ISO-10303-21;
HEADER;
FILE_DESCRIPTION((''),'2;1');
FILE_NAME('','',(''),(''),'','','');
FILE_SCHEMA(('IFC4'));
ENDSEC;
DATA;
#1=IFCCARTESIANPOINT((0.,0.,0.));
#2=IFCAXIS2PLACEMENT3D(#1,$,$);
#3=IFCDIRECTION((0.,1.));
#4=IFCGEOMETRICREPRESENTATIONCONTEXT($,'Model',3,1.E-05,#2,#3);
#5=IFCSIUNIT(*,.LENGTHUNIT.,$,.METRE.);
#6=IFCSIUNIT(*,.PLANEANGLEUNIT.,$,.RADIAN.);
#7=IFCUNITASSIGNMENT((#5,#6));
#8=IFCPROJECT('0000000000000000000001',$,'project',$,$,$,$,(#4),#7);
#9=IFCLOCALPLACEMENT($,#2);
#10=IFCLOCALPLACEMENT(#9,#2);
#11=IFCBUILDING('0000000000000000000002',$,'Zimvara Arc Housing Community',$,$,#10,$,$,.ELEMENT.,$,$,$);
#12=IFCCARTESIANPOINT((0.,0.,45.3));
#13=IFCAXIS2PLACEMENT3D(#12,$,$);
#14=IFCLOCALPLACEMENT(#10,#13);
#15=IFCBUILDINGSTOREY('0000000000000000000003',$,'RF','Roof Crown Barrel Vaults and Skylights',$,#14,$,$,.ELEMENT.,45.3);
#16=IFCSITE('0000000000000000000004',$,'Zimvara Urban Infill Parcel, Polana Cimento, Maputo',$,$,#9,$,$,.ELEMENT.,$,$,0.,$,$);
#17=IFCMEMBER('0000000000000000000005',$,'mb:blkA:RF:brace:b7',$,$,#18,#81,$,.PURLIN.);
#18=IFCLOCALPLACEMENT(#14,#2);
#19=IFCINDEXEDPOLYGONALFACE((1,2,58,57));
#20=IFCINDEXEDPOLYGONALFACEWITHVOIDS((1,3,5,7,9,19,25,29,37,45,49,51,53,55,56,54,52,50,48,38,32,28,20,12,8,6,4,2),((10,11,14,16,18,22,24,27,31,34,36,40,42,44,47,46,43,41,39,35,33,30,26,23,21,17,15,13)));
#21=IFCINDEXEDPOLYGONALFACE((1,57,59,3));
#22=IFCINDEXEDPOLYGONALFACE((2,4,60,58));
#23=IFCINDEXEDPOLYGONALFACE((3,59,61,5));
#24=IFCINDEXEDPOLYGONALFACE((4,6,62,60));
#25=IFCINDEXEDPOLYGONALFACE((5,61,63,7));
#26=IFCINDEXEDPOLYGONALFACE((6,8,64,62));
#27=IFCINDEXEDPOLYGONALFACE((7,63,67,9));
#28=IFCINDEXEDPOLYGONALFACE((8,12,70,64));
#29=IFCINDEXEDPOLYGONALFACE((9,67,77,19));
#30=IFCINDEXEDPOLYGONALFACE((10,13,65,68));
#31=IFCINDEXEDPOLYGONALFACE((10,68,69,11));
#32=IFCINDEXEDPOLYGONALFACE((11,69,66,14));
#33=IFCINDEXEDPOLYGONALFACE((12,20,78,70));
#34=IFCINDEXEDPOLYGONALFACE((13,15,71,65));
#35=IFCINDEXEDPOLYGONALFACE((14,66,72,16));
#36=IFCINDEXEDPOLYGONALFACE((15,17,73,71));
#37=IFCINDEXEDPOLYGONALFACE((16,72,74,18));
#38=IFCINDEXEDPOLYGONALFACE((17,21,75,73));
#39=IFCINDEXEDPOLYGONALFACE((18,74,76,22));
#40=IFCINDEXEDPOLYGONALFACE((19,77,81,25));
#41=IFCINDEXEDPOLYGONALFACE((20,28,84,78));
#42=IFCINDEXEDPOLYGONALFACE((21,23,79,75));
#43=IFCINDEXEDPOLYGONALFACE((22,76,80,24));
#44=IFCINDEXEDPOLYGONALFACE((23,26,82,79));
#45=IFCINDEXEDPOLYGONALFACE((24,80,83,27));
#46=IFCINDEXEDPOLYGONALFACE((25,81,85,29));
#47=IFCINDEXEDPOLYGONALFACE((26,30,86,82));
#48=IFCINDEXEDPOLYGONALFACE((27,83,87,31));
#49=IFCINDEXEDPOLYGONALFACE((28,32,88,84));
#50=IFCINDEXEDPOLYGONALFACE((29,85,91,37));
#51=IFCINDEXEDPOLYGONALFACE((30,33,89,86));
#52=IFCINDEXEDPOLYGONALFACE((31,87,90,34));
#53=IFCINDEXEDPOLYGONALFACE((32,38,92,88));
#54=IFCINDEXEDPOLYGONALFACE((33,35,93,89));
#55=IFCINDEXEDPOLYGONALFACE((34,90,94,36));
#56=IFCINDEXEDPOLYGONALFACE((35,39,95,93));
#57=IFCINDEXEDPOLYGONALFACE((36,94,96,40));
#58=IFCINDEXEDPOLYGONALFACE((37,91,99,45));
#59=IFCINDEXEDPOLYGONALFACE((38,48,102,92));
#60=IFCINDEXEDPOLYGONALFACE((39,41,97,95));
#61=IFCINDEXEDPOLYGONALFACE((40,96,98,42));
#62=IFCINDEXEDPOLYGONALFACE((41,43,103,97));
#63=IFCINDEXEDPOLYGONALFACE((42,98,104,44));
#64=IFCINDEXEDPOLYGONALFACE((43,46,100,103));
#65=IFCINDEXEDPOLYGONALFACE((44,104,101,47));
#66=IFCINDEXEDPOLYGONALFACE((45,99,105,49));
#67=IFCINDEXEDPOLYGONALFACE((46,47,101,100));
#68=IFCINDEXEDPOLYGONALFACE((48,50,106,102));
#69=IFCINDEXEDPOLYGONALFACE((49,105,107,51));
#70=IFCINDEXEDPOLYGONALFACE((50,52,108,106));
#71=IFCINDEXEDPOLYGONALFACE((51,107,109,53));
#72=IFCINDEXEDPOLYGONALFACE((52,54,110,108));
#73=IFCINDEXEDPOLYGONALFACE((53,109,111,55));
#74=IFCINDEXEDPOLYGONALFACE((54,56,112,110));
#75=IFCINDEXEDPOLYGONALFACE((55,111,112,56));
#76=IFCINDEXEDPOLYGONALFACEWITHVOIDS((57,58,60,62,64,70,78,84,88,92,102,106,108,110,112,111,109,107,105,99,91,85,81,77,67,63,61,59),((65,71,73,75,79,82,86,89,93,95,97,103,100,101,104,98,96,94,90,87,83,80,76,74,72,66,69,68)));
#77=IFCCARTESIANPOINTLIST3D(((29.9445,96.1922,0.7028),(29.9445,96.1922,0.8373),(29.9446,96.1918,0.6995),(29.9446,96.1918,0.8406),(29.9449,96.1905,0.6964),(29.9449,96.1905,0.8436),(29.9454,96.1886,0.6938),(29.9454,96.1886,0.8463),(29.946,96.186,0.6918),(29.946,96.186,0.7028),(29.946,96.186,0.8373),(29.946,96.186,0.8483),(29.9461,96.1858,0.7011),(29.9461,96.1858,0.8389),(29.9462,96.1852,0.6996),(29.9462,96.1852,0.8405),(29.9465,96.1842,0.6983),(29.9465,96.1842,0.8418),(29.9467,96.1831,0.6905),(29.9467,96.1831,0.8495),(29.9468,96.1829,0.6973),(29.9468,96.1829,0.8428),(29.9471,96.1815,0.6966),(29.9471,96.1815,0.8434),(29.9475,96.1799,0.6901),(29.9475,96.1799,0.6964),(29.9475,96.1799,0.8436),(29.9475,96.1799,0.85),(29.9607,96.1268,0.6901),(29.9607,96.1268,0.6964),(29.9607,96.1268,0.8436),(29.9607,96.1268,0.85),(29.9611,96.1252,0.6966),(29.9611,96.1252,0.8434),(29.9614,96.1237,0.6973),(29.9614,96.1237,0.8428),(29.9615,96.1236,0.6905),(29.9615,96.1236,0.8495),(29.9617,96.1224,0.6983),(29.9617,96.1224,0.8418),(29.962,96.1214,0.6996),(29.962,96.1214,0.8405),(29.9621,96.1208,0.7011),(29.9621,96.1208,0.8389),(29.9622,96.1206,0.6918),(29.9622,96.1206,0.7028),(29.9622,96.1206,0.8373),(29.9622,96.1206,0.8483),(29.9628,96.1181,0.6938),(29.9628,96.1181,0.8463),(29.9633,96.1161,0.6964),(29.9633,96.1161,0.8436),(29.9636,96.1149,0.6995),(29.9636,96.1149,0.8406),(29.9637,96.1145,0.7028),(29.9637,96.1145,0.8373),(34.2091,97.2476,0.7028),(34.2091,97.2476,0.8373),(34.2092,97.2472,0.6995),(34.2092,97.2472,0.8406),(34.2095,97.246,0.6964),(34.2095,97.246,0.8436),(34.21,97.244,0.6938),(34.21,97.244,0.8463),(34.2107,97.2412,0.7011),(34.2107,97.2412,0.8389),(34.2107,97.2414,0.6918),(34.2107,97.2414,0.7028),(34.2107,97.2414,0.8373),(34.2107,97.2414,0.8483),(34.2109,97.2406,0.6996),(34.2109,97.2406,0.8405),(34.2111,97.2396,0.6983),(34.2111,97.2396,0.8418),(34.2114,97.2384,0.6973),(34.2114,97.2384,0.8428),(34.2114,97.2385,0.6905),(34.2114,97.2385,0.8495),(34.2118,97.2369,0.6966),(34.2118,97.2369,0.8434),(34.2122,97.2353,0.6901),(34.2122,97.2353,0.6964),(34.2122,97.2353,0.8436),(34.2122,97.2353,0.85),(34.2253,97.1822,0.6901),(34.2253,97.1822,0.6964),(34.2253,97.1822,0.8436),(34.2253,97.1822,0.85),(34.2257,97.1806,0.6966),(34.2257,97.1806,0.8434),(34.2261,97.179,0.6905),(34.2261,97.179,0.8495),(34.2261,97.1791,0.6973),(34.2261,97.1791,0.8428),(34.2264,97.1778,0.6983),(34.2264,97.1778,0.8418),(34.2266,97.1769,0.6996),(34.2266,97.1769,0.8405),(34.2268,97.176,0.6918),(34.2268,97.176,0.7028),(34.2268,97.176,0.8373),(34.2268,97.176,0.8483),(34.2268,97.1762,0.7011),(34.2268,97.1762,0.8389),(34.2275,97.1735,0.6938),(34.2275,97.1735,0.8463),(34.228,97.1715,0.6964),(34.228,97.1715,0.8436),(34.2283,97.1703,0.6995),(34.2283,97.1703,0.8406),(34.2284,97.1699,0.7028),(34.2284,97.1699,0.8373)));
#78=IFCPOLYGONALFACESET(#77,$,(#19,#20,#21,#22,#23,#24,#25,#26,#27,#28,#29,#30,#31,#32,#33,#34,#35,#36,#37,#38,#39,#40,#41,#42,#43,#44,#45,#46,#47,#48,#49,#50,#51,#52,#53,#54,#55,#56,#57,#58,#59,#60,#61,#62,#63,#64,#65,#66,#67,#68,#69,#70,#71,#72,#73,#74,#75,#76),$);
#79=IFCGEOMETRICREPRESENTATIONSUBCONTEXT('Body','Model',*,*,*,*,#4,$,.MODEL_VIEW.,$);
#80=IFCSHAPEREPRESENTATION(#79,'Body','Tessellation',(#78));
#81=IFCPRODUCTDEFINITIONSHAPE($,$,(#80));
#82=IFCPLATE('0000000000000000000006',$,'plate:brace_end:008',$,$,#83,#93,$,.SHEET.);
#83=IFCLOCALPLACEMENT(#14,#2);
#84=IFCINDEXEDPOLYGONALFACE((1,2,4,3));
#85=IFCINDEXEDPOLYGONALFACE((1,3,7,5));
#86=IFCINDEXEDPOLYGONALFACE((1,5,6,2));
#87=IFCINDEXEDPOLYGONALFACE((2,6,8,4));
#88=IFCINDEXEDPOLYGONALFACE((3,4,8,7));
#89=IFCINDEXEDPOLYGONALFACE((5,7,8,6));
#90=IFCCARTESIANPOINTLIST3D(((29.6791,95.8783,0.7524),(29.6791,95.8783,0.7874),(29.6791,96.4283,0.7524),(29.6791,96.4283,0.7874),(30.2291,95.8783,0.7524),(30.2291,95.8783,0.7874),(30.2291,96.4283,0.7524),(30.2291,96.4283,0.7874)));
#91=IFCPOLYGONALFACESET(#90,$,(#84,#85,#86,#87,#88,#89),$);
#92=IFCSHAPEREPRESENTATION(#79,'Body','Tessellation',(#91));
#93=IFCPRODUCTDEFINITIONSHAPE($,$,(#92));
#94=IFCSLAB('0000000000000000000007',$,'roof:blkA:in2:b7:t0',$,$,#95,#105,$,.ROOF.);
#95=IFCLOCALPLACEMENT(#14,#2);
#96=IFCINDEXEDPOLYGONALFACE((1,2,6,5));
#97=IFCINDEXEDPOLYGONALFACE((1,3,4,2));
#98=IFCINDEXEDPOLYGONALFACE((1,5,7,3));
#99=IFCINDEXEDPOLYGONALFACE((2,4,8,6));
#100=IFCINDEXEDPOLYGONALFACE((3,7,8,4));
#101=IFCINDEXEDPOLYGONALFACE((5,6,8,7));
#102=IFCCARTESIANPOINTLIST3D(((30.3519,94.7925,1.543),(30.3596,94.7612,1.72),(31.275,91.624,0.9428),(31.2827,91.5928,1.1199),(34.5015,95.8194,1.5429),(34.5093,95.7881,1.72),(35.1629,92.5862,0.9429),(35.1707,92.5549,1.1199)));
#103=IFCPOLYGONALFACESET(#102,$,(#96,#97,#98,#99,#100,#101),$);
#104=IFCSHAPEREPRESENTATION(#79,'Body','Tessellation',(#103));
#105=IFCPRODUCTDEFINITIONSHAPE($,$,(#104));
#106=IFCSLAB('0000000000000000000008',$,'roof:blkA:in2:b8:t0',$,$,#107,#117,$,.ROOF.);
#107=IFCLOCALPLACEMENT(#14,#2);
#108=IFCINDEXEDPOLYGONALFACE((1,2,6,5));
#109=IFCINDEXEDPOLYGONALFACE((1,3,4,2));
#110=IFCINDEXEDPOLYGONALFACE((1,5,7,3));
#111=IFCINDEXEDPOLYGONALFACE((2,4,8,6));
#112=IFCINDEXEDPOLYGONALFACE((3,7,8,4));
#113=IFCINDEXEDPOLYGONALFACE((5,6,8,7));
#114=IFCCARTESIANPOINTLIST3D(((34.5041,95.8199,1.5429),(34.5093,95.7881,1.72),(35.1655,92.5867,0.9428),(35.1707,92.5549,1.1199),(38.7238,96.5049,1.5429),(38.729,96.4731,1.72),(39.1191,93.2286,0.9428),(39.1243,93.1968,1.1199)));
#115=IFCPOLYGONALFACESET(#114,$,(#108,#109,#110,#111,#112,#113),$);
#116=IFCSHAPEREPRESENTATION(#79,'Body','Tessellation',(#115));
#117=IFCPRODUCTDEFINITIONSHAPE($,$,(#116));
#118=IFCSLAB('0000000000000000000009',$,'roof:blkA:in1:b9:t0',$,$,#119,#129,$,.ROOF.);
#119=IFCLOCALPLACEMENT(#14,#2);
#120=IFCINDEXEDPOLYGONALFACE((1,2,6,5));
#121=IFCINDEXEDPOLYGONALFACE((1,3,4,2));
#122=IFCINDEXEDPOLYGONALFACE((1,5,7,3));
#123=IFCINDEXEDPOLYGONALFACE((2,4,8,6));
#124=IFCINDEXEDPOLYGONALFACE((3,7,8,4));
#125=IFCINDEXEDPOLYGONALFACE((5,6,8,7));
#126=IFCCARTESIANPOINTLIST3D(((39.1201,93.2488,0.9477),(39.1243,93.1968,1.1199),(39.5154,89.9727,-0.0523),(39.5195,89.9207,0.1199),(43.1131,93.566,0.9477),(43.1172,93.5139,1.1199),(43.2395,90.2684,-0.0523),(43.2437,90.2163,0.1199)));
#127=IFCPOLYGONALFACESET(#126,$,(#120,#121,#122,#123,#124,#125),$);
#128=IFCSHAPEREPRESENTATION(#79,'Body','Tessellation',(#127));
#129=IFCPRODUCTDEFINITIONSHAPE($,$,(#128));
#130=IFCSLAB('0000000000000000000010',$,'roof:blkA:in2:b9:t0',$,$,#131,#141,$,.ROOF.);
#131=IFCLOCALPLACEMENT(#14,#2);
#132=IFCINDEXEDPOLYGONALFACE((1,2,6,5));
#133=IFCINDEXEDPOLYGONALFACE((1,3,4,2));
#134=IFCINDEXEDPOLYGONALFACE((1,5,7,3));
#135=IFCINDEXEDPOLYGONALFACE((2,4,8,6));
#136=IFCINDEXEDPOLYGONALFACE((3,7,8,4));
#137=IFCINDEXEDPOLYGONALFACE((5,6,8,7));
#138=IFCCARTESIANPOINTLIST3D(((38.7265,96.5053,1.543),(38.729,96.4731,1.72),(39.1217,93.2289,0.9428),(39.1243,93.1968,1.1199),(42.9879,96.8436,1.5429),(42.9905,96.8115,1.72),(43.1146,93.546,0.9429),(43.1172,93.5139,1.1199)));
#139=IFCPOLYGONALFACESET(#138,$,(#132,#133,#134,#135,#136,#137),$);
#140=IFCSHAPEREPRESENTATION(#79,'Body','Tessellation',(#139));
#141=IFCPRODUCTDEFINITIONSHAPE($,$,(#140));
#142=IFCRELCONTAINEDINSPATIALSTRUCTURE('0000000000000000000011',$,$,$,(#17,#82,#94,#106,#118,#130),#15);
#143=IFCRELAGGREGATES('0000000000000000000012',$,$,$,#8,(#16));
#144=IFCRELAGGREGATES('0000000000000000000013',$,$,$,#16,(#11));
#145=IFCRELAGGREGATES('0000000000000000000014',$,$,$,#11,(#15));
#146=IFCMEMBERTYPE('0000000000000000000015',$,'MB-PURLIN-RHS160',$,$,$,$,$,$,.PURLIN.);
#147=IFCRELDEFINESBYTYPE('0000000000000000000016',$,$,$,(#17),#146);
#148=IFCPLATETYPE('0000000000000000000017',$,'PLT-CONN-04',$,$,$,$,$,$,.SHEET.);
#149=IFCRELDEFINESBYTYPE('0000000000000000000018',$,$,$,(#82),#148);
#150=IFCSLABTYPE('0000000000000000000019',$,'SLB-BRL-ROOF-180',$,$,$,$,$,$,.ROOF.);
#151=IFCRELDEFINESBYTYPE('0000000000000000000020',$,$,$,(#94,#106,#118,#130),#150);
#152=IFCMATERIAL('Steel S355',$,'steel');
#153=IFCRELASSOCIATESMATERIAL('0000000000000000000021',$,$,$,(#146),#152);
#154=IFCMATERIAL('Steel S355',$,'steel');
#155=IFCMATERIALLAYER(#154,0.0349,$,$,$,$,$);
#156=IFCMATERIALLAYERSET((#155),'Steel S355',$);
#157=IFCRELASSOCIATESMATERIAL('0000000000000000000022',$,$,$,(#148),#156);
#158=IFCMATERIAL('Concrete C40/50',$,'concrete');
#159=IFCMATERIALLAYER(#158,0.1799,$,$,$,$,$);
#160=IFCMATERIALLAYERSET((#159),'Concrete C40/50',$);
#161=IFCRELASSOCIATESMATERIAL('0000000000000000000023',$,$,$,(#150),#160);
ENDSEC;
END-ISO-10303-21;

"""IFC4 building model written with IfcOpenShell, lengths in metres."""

from ifc_helpers import new_model, si_unit, direction, frame, origin, origin_2d, place, context, subcontext, project, spatial, polyline, rectangle, hollow_rectangle, outline, extrude, material, layer, layer_set, material_profile, profile_set, type_object, element, save


model = new_model("IFC4")

# Units and contexts
model_context = context("Model", 3, precision=1e-05, world=origin(), true_north=direction((0.0, 1.0)))
body_context = subcontext(model_context, "Body", "Model", "MODEL_VIEW")
ifc_project = project(units=[si_unit("LENGTHUNIT", "METRE"), si_unit("PLANEANGLEUNIT", "RADIAN")], contexts=[model_context])

# Site, building, storey
site_placement = place(None, origin())
site = spatial("IfcSite", under=ifc_project, at=site_placement, Name="Zimvara Urban Infill Parcel, Polana Cimento, Maputo", CompositionType="ELEMENT", RefElevation=0.0)
building_placement = place(site_placement, origin())
building = spatial("IfcBuilding", under=site, at=building_placement, Name="Zimvara Arc Housing Community", CompositionType="ELEMENT")
storey_placement = place(building_placement, frame((0.0, 0.0, 45.3)))
storey = spatial("IfcBuildingStorey", under=building, at=storey_placement, Name="RF", Description="Roof Crown Barrel Vaults and Skylights", CompositionType="ELEMENT", Elevation=45.3)

# Member
ifc_material_1 = material(Name="Steel S355", Category="steel")
ifc_material_profile_1 = material_profile(ifc_material_1, hollow_rectangle(XDim=0.0801, YDim=0.1599, WallThickness=0.0063, InnerFilletRadius=0.0063, OuterFilletRadius=0.0127, at=origin_2d()), Name="RHS 160x80x6.3")
ifc_profile_set_1 = profile_set([ifc_material_profile_1], Name="Steel S355")
member_type = type_object("IfcMemberType", Name="MB-PURLIN-RHS160", PredefinedType="PURLIN", material=ifc_profile_set_1)
member_placement = place(storey_placement, frame((29.9541, 96.1533, 0.77), z_axis=(0.970715, 0.240234, 0.0), x_axis=(-0.240234, 0.970715, 0.0)))
element("IfcMember", 1, at=member_placement, inside=storey, type_object=member_type, Name="mb:blkA:RF:brace:b7", PredefinedType="PURLIN", context=body_context, shape_type="SweptSolid", body=[
    extrude(hollow_rectangle(XDim=0.0801, YDim=0.1599, WallThickness=0.0063, InnerFilletRadius=0.0063, OuterFilletRadius=0.0127, at=origin_2d()), origin(), (0.0, 0.0, 1.0), 4.3933),
])

# Plate
ifc_material_2 = material(Name="Steel S355", Category="steel")
ifc_layer_1 = layer(ifc_material_2, 0.0349)
ifc_layer_set_1 = layer_set([ifc_layer_1], Name="Steel S355")
plate_type = type_object("IfcPlateType", Name="PLT-CONN-04", PredefinedType="SHEET", material=ifc_layer_set_1)
plate_placement = place(storey_placement, frame((29.9541, 96.1533, 0.7524), z_axis=(0.0, 0.0, 1.0), x_axis=(1.0, 0.0, 0.0)))
element("IfcPlate", 2, at=plate_placement, inside=storey, type_object=plate_type, Name="plate:brace_end:008", PredefinedType="SHEET", context=body_context, shape_type="SweptSolid", body=[
    extrude(rectangle(XDim=0.55, YDim=0.55, at=origin_2d()), origin(), (0.0, 0.0, 1.0), 0.0349),
])

# Slabs
ifc_material_3 = material(Name="Concrete C40/50", Category="concrete")
ifc_layer_2 = layer(ifc_material_3, 0.1799)
ifc_layer_set_2 = layer_set([ifc_layer_2], Name="Concrete C40/50")
slab_type = type_object("IfcSlabType", Name="SLB-BRL-ROOF-180", PredefinedType="ROOF", material=ifc_layer_set_2)
slab_1_placement = place(storey_placement, frame((31.2827, 91.5928, 1.1199), z_axis=(0.043011, -0.173808, 0.98384), x_axis=(0.970717, 0.240226, 0.000001)))
element("IfcSlab", 3, at=slab_1_placement, inside=storey, type_object=slab_type, Name="roof:blkA:in2:b7:t0", PredefinedType="ROOF", context=body_context, shape_type="SweptSolid", body=[
    extrude(outline(polyline([(0.0, 0.0), (4.0052, 0.0), (4.1399, 3.3515), (-0.1349, 3.3516), (0.0, 0.0)])), origin(), (0.0, 0.0, -1.0), 0.1799),
])
slab_2_placement = place(storey_placement, frame((35.1707, 92.5549, 1.1199), z_axis=(0.028693, -0.176738, 0.98384), x_axis=(0.987077, 0.160246, 0.0)))
element("IfcSlab", 4, at=slab_2_placement, inside=storey, type_object=slab_type, Name="roof:blkA:in2:b8:t0", PredefinedType="ROOF", context=body_context, shape_type="SweptSolid", body=[
    extrude(outline(polyline([(0.0, 0.0), (4.0054, 0.0), (4.1402, 3.3515), (-0.1347, 3.3515), (0.0, 0.0)])), origin(), (0.0, 0.0, -1.0), 0.1799),
])
slab_3_placement = place(storey_placement, frame((39.5195, 89.9207, 0.1199), z_axis=(0.022974, -0.289322, 0.956956), x_axis=(0.996863, 0.079142, -0.000005)))
element("IfcSlab", 5, at=slab_3_placement, inside=storey, type_object=slab_type, Name="roof:blkA:in1:b9:t0", PredefinedType="ROOF", context=body_context, shape_type="SweptSolid", body=[
    extrude(outline(polyline([(0.0, 0.0), (3.7358, 0.0), (3.8707, 3.4456), (-0.1348, 3.4454), (0.0, 0.0)])), origin(), (0.0, 0.0, -1.0), 0.1799),
])
slab_4_placement = place(storey_placement, frame((39.1243, 93.1968, 1.1199), z_axis=(0.014175, -0.178492, 0.983839), x_axis=(0.996861, 0.079176, 0.000002)))
element("IfcSlab", 6, at=slab_4_placement, inside=storey, type_object=slab_type, Name="roof:blkA:in2:b9:t0", PredefinedType="ROOF", context=body_context, shape_type="SweptSolid", body=[
    extrude(outline(polyline([(0.0, 0.0), (4.0055, 0.0), (4.1403, 3.3515), (-0.1346, 3.3515), (0.0, 0.0)])), origin(), (0.0, 0.0, -1.0), 0.1799),
])

save(model, "model.ifc")
